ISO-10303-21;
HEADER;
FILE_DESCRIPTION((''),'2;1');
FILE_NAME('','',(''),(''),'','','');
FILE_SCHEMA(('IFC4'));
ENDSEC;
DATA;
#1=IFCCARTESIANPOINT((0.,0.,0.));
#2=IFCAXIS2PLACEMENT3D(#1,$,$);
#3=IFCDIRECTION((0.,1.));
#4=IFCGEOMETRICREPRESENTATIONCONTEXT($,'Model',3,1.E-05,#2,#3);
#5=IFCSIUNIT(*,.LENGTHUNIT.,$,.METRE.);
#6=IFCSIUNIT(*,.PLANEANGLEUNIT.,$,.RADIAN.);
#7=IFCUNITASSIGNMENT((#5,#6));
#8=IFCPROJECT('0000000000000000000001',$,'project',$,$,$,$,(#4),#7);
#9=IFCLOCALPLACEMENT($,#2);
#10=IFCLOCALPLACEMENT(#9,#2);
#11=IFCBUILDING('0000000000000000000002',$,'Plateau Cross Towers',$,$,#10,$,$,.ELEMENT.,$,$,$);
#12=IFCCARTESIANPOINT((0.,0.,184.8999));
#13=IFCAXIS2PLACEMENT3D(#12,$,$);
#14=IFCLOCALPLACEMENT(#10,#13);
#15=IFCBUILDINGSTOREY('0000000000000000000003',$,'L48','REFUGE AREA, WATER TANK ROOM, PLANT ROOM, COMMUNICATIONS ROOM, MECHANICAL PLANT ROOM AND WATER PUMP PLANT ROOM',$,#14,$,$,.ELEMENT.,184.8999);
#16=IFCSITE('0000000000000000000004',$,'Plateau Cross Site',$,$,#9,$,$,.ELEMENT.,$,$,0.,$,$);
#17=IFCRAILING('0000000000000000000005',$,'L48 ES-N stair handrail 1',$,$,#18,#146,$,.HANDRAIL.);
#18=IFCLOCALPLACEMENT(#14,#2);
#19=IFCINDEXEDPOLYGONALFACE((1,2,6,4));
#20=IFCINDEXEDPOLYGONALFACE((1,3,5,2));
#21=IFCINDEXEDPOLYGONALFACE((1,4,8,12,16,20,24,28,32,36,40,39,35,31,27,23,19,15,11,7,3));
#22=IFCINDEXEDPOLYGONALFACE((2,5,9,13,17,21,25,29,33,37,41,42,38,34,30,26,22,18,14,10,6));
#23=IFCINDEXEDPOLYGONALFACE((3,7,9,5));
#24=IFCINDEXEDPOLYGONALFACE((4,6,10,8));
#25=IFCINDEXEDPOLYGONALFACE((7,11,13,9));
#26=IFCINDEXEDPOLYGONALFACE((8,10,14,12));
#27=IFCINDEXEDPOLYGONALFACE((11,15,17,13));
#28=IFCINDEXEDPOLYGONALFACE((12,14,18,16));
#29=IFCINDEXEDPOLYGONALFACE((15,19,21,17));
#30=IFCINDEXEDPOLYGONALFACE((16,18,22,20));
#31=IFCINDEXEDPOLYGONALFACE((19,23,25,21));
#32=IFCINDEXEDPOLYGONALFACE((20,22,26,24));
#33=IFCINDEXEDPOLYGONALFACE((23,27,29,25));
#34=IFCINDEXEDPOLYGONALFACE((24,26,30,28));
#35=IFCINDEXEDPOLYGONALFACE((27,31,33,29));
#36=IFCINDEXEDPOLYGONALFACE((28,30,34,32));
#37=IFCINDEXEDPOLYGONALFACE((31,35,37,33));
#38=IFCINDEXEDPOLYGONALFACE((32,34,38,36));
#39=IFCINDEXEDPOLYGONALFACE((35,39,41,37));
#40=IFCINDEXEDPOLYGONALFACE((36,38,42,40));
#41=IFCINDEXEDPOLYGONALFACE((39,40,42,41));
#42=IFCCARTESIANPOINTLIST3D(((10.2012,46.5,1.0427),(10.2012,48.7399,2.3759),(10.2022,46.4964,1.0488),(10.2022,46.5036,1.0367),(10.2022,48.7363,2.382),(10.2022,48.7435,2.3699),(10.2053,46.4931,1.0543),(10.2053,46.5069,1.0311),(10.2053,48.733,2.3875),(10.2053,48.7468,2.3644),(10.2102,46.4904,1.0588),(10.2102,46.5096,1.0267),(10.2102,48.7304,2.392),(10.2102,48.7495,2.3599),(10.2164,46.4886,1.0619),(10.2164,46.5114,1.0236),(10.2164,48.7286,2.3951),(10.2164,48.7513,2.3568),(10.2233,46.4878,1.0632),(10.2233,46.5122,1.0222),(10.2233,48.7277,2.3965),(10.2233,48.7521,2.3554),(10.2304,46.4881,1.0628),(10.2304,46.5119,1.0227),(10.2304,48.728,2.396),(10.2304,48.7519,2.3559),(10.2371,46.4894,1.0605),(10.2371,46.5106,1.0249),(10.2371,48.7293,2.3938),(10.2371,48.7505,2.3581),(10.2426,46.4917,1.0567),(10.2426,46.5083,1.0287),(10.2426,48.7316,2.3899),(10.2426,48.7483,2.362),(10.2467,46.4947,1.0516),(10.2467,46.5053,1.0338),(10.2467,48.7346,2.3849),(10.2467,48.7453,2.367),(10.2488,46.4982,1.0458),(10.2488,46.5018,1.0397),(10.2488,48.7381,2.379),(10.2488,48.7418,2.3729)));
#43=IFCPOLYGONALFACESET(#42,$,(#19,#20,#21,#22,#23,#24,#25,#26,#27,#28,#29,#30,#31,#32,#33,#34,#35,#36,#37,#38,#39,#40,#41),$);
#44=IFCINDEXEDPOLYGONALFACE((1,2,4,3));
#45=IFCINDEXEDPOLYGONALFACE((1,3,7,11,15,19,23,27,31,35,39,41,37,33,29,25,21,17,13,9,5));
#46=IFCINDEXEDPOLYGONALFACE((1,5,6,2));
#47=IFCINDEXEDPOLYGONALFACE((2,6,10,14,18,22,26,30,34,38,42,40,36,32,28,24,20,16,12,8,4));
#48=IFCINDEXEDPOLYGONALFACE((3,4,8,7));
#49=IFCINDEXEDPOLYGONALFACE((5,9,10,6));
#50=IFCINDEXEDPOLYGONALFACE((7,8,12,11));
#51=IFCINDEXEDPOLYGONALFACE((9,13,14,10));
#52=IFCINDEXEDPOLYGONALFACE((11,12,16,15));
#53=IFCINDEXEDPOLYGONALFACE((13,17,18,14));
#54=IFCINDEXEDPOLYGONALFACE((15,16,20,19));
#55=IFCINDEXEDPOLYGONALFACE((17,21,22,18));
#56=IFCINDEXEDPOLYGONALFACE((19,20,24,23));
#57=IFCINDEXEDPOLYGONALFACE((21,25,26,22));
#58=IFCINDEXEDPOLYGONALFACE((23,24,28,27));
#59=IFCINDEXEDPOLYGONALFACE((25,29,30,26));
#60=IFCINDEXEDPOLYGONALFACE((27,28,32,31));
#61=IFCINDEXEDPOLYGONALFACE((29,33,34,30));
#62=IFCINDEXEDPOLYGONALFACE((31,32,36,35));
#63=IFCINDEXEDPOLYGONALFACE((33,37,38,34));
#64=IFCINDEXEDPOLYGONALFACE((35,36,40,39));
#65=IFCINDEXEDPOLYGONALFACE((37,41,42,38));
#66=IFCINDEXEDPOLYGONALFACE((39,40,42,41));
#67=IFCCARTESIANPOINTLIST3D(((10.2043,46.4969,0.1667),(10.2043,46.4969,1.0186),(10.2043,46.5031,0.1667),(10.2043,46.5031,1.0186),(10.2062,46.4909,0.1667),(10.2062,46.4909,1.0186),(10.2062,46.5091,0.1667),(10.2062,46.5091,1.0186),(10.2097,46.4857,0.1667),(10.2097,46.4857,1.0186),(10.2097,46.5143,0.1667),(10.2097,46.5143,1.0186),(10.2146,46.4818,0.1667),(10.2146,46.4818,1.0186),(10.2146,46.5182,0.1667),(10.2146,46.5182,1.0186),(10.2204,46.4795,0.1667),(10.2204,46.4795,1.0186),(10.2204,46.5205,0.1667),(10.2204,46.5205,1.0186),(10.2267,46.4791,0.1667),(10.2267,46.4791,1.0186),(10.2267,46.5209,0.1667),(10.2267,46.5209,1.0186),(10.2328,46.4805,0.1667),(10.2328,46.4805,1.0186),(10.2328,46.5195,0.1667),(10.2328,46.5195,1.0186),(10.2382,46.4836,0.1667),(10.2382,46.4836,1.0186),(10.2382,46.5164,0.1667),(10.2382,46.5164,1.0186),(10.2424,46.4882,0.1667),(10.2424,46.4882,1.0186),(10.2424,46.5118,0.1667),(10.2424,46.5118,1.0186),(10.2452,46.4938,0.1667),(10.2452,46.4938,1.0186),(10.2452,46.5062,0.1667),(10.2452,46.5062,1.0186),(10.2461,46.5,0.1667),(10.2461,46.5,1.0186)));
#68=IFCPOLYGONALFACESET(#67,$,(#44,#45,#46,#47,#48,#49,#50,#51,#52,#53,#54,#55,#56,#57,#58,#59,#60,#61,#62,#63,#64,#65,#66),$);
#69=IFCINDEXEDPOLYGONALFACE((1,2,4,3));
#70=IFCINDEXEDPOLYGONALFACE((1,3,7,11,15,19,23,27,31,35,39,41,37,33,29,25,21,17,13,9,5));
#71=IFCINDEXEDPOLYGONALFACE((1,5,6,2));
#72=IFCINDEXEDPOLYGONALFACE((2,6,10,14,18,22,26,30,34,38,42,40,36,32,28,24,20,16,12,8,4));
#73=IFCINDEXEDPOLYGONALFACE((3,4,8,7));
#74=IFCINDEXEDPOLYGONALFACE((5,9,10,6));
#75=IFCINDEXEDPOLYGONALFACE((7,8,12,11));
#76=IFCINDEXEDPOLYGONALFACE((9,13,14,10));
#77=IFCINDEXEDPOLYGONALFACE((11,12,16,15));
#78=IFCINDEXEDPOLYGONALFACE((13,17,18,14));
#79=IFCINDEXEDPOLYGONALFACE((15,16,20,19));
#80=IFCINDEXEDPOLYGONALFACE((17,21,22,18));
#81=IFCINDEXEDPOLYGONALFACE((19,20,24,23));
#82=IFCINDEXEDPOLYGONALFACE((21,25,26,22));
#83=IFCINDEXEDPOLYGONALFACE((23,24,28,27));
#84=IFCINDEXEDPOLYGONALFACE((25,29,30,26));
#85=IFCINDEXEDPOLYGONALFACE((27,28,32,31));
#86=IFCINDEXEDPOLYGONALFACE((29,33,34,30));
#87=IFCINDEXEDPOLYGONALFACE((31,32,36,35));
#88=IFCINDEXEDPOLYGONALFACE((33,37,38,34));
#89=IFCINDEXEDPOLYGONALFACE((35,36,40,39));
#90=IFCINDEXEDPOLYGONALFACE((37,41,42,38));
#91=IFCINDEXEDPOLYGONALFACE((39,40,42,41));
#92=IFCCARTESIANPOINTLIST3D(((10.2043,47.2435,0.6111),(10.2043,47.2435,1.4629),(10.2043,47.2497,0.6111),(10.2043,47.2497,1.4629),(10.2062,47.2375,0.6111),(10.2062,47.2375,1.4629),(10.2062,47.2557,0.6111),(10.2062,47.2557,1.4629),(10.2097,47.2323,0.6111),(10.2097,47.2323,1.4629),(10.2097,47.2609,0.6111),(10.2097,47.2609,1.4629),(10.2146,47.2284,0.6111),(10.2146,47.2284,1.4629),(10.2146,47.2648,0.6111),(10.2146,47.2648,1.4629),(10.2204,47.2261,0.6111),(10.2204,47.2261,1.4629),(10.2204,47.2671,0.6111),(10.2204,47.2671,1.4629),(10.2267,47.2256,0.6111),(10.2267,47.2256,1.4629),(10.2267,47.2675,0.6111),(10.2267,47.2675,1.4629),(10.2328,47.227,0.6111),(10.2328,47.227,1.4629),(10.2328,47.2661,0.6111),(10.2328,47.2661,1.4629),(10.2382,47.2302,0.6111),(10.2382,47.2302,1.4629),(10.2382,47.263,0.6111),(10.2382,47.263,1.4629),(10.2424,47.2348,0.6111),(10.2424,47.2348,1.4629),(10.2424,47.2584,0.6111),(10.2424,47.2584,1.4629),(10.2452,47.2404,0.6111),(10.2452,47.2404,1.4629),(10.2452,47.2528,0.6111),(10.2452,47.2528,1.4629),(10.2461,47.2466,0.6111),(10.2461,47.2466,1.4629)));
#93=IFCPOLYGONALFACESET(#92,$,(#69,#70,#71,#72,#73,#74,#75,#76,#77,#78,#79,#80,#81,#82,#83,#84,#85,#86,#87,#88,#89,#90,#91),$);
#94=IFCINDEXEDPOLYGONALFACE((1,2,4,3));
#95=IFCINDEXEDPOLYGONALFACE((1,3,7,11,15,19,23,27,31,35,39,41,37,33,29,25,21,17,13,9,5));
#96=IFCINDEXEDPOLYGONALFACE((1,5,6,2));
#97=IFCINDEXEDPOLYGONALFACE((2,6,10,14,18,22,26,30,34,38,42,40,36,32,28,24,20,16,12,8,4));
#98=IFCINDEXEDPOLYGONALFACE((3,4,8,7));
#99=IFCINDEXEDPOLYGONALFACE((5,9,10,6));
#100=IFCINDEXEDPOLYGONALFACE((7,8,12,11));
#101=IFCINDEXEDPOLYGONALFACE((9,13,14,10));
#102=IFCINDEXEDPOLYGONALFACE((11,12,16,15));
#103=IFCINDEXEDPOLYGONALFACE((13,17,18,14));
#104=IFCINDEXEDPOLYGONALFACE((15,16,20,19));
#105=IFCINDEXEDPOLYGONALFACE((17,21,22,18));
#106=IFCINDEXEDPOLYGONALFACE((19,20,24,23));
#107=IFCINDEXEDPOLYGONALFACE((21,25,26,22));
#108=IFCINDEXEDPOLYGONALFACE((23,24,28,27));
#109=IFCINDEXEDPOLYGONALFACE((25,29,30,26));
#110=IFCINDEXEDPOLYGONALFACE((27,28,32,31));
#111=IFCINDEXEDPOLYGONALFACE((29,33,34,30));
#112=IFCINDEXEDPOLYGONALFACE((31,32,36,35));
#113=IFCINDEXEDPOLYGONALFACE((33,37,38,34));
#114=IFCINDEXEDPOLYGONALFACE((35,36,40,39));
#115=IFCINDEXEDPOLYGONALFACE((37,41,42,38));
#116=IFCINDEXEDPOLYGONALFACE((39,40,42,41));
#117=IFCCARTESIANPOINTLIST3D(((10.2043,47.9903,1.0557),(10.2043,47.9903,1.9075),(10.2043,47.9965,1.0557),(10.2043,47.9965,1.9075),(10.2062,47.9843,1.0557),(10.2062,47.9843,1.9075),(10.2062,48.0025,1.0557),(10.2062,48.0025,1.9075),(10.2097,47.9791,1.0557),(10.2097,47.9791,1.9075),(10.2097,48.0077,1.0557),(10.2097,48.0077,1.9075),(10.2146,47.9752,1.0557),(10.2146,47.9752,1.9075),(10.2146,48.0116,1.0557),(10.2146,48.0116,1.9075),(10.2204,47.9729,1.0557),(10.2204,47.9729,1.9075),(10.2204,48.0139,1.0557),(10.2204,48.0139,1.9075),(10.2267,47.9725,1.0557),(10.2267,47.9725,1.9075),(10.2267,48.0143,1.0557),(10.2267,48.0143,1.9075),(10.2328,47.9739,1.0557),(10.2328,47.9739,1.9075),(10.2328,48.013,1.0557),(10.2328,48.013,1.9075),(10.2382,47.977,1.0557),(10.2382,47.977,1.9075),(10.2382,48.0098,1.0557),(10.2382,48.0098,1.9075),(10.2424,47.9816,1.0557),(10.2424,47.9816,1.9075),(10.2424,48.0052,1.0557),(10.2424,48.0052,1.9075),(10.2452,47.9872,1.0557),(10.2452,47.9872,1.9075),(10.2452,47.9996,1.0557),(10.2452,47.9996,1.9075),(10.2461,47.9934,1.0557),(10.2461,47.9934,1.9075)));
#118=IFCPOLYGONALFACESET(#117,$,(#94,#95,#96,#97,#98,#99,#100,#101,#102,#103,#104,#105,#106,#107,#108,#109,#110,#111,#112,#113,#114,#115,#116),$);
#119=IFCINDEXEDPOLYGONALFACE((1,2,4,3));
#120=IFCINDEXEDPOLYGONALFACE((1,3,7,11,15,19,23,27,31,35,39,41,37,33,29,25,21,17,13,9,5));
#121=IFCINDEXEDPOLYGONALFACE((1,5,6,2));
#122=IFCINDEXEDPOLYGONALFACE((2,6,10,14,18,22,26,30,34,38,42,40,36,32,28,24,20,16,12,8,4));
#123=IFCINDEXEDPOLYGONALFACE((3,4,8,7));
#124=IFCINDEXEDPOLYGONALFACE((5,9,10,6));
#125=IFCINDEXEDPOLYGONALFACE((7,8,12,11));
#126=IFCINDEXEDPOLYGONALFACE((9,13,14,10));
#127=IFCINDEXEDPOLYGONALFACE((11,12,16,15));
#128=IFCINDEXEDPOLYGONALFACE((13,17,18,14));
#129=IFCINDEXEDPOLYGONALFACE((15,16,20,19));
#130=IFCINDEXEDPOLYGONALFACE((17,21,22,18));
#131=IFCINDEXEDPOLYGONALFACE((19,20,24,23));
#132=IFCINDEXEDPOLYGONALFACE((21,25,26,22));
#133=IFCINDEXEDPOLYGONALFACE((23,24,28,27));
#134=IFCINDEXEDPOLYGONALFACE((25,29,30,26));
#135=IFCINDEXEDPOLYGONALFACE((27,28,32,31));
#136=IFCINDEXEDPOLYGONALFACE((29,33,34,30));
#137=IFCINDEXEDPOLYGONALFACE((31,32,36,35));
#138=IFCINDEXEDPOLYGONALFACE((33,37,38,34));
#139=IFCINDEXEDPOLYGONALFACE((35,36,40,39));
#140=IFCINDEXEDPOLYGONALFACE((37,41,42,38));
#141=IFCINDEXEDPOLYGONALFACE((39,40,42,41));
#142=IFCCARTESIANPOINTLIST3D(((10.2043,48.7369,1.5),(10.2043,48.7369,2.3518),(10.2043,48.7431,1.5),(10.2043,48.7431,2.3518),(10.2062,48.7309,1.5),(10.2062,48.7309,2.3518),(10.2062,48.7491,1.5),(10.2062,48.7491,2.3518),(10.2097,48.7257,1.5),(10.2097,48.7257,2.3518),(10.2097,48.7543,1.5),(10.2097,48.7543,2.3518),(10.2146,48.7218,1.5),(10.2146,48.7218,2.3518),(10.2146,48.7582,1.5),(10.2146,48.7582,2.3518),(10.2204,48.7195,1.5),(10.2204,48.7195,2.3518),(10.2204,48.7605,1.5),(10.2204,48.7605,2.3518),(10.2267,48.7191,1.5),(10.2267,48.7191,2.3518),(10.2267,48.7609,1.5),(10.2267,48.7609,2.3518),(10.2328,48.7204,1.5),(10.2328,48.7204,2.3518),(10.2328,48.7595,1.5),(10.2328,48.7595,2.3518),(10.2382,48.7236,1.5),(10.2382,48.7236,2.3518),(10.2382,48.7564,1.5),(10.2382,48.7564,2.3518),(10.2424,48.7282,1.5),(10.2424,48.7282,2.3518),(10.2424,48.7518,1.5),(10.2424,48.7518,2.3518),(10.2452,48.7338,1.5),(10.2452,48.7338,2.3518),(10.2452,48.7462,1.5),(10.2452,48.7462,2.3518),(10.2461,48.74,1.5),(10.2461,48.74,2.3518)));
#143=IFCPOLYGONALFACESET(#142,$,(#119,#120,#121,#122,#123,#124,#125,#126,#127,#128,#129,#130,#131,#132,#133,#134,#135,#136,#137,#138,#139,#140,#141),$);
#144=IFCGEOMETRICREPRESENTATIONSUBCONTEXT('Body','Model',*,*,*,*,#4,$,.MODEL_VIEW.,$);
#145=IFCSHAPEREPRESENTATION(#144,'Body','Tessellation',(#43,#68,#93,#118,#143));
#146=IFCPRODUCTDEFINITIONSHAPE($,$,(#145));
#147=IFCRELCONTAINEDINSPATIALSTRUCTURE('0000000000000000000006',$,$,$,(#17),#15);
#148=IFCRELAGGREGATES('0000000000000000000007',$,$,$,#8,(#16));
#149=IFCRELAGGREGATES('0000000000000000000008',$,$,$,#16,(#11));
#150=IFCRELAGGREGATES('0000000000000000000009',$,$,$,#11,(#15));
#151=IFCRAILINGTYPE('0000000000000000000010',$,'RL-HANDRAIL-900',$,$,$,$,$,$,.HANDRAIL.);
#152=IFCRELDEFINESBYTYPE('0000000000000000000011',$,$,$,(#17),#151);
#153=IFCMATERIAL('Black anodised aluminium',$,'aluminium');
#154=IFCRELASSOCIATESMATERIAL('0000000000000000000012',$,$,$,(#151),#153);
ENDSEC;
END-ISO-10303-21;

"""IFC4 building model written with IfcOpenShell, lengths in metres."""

from ifc_helpers import new_model, si_unit, direction, frame, origin, origin_2d, place, context, subcontext, project, spatial, circle, extrude, material, type_object, element, save


model = new_model("IFC4")

# Units and contexts
model_context = context("Model", 3, precision=1e-05, world=origin(), true_north=direction((0.0, 1.0)))
body_context = subcontext(model_context, "Body", "Model", "MODEL_VIEW")
ifc_project = project(units=[si_unit("LENGTHUNIT", "METRE"), si_unit("PLANEANGLEUNIT", "RADIAN")], contexts=[model_context])

# Site, building, storey
site_placement = place(None, origin())
site = spatial("IfcSite", under=ifc_project, at=site_placement, Name="Plateau Cross Site", CompositionType="ELEMENT", RefElevation=0.0)
building_placement = place(site_placement, origin())
building = spatial("IfcBuilding", under=site, at=building_placement, Name="Plateau Cross Towers", CompositionType="ELEMENT")
storey_placement = place(building_placement, frame((0.0, 0.0, 184.8999)))
storey = spatial("IfcBuildingStorey", under=building, at=storey_placement, Name="L48", Description="REFUGE AREA, WATER TANK ROOM, PLANT ROOM, COMMUNICATIONS ROOM, MECHANICAL PLANT ROOM AND WATER PUMP PLANT ROOM", CompositionType="ELEMENT", Elevation=184.8999)

# Shared definitions
ifc_material_1 = material(Name="Black anodised aluminium", Category="aluminium")

# Railing
railing_type_1 = type_object("IfcRailingType", Name="RL-HANDRAIL-900", PredefinedType="HANDRAIL", material=ifc_material_1)
railing_1_placement = place(storey_placement, frame((10.2251, 46.5, 0.1667)))
element("IfcRailing", 1, at=railing_1_placement, inside=storey, type_object=railing_type_1, Name="L48 ES-N stair handrail 1", PredefinedType="HANDRAIL", context=body_context, shape_type="SweptSolid", body=[
    extrude(circle(Radius=0.0239, at=origin_2d()), frame((0.0, 0.0, 0.876), z_axis=(0.0, 0.859306, 0.511462), x_axis=(-1.0, 0.0, 0.0)), (0.0, 0.0, 1.0), 2.6067),
    extrude(circle(Radius=0.021, at=origin_2d()), origin(), (0.0, 0.0, 1.0), 0.8518),
    extrude(circle(Radius=0.021, at=origin_2d()), frame((0.0, 0.7466, 0.4443)), (0.0, 0.0, 1.0), 0.8518),
    extrude(circle(Radius=0.021, at=origin_2d()), frame((0.0, 1.4934, 0.8889)), (0.0, 0.0, 1.0), 0.8518),
    extrude(circle(Radius=0.021, at=origin_2d()), frame((0.0, 2.24, 1.3333)), (0.0, 0.0, 1.0), 0.8518),
])

save(model, "model.ifc")
